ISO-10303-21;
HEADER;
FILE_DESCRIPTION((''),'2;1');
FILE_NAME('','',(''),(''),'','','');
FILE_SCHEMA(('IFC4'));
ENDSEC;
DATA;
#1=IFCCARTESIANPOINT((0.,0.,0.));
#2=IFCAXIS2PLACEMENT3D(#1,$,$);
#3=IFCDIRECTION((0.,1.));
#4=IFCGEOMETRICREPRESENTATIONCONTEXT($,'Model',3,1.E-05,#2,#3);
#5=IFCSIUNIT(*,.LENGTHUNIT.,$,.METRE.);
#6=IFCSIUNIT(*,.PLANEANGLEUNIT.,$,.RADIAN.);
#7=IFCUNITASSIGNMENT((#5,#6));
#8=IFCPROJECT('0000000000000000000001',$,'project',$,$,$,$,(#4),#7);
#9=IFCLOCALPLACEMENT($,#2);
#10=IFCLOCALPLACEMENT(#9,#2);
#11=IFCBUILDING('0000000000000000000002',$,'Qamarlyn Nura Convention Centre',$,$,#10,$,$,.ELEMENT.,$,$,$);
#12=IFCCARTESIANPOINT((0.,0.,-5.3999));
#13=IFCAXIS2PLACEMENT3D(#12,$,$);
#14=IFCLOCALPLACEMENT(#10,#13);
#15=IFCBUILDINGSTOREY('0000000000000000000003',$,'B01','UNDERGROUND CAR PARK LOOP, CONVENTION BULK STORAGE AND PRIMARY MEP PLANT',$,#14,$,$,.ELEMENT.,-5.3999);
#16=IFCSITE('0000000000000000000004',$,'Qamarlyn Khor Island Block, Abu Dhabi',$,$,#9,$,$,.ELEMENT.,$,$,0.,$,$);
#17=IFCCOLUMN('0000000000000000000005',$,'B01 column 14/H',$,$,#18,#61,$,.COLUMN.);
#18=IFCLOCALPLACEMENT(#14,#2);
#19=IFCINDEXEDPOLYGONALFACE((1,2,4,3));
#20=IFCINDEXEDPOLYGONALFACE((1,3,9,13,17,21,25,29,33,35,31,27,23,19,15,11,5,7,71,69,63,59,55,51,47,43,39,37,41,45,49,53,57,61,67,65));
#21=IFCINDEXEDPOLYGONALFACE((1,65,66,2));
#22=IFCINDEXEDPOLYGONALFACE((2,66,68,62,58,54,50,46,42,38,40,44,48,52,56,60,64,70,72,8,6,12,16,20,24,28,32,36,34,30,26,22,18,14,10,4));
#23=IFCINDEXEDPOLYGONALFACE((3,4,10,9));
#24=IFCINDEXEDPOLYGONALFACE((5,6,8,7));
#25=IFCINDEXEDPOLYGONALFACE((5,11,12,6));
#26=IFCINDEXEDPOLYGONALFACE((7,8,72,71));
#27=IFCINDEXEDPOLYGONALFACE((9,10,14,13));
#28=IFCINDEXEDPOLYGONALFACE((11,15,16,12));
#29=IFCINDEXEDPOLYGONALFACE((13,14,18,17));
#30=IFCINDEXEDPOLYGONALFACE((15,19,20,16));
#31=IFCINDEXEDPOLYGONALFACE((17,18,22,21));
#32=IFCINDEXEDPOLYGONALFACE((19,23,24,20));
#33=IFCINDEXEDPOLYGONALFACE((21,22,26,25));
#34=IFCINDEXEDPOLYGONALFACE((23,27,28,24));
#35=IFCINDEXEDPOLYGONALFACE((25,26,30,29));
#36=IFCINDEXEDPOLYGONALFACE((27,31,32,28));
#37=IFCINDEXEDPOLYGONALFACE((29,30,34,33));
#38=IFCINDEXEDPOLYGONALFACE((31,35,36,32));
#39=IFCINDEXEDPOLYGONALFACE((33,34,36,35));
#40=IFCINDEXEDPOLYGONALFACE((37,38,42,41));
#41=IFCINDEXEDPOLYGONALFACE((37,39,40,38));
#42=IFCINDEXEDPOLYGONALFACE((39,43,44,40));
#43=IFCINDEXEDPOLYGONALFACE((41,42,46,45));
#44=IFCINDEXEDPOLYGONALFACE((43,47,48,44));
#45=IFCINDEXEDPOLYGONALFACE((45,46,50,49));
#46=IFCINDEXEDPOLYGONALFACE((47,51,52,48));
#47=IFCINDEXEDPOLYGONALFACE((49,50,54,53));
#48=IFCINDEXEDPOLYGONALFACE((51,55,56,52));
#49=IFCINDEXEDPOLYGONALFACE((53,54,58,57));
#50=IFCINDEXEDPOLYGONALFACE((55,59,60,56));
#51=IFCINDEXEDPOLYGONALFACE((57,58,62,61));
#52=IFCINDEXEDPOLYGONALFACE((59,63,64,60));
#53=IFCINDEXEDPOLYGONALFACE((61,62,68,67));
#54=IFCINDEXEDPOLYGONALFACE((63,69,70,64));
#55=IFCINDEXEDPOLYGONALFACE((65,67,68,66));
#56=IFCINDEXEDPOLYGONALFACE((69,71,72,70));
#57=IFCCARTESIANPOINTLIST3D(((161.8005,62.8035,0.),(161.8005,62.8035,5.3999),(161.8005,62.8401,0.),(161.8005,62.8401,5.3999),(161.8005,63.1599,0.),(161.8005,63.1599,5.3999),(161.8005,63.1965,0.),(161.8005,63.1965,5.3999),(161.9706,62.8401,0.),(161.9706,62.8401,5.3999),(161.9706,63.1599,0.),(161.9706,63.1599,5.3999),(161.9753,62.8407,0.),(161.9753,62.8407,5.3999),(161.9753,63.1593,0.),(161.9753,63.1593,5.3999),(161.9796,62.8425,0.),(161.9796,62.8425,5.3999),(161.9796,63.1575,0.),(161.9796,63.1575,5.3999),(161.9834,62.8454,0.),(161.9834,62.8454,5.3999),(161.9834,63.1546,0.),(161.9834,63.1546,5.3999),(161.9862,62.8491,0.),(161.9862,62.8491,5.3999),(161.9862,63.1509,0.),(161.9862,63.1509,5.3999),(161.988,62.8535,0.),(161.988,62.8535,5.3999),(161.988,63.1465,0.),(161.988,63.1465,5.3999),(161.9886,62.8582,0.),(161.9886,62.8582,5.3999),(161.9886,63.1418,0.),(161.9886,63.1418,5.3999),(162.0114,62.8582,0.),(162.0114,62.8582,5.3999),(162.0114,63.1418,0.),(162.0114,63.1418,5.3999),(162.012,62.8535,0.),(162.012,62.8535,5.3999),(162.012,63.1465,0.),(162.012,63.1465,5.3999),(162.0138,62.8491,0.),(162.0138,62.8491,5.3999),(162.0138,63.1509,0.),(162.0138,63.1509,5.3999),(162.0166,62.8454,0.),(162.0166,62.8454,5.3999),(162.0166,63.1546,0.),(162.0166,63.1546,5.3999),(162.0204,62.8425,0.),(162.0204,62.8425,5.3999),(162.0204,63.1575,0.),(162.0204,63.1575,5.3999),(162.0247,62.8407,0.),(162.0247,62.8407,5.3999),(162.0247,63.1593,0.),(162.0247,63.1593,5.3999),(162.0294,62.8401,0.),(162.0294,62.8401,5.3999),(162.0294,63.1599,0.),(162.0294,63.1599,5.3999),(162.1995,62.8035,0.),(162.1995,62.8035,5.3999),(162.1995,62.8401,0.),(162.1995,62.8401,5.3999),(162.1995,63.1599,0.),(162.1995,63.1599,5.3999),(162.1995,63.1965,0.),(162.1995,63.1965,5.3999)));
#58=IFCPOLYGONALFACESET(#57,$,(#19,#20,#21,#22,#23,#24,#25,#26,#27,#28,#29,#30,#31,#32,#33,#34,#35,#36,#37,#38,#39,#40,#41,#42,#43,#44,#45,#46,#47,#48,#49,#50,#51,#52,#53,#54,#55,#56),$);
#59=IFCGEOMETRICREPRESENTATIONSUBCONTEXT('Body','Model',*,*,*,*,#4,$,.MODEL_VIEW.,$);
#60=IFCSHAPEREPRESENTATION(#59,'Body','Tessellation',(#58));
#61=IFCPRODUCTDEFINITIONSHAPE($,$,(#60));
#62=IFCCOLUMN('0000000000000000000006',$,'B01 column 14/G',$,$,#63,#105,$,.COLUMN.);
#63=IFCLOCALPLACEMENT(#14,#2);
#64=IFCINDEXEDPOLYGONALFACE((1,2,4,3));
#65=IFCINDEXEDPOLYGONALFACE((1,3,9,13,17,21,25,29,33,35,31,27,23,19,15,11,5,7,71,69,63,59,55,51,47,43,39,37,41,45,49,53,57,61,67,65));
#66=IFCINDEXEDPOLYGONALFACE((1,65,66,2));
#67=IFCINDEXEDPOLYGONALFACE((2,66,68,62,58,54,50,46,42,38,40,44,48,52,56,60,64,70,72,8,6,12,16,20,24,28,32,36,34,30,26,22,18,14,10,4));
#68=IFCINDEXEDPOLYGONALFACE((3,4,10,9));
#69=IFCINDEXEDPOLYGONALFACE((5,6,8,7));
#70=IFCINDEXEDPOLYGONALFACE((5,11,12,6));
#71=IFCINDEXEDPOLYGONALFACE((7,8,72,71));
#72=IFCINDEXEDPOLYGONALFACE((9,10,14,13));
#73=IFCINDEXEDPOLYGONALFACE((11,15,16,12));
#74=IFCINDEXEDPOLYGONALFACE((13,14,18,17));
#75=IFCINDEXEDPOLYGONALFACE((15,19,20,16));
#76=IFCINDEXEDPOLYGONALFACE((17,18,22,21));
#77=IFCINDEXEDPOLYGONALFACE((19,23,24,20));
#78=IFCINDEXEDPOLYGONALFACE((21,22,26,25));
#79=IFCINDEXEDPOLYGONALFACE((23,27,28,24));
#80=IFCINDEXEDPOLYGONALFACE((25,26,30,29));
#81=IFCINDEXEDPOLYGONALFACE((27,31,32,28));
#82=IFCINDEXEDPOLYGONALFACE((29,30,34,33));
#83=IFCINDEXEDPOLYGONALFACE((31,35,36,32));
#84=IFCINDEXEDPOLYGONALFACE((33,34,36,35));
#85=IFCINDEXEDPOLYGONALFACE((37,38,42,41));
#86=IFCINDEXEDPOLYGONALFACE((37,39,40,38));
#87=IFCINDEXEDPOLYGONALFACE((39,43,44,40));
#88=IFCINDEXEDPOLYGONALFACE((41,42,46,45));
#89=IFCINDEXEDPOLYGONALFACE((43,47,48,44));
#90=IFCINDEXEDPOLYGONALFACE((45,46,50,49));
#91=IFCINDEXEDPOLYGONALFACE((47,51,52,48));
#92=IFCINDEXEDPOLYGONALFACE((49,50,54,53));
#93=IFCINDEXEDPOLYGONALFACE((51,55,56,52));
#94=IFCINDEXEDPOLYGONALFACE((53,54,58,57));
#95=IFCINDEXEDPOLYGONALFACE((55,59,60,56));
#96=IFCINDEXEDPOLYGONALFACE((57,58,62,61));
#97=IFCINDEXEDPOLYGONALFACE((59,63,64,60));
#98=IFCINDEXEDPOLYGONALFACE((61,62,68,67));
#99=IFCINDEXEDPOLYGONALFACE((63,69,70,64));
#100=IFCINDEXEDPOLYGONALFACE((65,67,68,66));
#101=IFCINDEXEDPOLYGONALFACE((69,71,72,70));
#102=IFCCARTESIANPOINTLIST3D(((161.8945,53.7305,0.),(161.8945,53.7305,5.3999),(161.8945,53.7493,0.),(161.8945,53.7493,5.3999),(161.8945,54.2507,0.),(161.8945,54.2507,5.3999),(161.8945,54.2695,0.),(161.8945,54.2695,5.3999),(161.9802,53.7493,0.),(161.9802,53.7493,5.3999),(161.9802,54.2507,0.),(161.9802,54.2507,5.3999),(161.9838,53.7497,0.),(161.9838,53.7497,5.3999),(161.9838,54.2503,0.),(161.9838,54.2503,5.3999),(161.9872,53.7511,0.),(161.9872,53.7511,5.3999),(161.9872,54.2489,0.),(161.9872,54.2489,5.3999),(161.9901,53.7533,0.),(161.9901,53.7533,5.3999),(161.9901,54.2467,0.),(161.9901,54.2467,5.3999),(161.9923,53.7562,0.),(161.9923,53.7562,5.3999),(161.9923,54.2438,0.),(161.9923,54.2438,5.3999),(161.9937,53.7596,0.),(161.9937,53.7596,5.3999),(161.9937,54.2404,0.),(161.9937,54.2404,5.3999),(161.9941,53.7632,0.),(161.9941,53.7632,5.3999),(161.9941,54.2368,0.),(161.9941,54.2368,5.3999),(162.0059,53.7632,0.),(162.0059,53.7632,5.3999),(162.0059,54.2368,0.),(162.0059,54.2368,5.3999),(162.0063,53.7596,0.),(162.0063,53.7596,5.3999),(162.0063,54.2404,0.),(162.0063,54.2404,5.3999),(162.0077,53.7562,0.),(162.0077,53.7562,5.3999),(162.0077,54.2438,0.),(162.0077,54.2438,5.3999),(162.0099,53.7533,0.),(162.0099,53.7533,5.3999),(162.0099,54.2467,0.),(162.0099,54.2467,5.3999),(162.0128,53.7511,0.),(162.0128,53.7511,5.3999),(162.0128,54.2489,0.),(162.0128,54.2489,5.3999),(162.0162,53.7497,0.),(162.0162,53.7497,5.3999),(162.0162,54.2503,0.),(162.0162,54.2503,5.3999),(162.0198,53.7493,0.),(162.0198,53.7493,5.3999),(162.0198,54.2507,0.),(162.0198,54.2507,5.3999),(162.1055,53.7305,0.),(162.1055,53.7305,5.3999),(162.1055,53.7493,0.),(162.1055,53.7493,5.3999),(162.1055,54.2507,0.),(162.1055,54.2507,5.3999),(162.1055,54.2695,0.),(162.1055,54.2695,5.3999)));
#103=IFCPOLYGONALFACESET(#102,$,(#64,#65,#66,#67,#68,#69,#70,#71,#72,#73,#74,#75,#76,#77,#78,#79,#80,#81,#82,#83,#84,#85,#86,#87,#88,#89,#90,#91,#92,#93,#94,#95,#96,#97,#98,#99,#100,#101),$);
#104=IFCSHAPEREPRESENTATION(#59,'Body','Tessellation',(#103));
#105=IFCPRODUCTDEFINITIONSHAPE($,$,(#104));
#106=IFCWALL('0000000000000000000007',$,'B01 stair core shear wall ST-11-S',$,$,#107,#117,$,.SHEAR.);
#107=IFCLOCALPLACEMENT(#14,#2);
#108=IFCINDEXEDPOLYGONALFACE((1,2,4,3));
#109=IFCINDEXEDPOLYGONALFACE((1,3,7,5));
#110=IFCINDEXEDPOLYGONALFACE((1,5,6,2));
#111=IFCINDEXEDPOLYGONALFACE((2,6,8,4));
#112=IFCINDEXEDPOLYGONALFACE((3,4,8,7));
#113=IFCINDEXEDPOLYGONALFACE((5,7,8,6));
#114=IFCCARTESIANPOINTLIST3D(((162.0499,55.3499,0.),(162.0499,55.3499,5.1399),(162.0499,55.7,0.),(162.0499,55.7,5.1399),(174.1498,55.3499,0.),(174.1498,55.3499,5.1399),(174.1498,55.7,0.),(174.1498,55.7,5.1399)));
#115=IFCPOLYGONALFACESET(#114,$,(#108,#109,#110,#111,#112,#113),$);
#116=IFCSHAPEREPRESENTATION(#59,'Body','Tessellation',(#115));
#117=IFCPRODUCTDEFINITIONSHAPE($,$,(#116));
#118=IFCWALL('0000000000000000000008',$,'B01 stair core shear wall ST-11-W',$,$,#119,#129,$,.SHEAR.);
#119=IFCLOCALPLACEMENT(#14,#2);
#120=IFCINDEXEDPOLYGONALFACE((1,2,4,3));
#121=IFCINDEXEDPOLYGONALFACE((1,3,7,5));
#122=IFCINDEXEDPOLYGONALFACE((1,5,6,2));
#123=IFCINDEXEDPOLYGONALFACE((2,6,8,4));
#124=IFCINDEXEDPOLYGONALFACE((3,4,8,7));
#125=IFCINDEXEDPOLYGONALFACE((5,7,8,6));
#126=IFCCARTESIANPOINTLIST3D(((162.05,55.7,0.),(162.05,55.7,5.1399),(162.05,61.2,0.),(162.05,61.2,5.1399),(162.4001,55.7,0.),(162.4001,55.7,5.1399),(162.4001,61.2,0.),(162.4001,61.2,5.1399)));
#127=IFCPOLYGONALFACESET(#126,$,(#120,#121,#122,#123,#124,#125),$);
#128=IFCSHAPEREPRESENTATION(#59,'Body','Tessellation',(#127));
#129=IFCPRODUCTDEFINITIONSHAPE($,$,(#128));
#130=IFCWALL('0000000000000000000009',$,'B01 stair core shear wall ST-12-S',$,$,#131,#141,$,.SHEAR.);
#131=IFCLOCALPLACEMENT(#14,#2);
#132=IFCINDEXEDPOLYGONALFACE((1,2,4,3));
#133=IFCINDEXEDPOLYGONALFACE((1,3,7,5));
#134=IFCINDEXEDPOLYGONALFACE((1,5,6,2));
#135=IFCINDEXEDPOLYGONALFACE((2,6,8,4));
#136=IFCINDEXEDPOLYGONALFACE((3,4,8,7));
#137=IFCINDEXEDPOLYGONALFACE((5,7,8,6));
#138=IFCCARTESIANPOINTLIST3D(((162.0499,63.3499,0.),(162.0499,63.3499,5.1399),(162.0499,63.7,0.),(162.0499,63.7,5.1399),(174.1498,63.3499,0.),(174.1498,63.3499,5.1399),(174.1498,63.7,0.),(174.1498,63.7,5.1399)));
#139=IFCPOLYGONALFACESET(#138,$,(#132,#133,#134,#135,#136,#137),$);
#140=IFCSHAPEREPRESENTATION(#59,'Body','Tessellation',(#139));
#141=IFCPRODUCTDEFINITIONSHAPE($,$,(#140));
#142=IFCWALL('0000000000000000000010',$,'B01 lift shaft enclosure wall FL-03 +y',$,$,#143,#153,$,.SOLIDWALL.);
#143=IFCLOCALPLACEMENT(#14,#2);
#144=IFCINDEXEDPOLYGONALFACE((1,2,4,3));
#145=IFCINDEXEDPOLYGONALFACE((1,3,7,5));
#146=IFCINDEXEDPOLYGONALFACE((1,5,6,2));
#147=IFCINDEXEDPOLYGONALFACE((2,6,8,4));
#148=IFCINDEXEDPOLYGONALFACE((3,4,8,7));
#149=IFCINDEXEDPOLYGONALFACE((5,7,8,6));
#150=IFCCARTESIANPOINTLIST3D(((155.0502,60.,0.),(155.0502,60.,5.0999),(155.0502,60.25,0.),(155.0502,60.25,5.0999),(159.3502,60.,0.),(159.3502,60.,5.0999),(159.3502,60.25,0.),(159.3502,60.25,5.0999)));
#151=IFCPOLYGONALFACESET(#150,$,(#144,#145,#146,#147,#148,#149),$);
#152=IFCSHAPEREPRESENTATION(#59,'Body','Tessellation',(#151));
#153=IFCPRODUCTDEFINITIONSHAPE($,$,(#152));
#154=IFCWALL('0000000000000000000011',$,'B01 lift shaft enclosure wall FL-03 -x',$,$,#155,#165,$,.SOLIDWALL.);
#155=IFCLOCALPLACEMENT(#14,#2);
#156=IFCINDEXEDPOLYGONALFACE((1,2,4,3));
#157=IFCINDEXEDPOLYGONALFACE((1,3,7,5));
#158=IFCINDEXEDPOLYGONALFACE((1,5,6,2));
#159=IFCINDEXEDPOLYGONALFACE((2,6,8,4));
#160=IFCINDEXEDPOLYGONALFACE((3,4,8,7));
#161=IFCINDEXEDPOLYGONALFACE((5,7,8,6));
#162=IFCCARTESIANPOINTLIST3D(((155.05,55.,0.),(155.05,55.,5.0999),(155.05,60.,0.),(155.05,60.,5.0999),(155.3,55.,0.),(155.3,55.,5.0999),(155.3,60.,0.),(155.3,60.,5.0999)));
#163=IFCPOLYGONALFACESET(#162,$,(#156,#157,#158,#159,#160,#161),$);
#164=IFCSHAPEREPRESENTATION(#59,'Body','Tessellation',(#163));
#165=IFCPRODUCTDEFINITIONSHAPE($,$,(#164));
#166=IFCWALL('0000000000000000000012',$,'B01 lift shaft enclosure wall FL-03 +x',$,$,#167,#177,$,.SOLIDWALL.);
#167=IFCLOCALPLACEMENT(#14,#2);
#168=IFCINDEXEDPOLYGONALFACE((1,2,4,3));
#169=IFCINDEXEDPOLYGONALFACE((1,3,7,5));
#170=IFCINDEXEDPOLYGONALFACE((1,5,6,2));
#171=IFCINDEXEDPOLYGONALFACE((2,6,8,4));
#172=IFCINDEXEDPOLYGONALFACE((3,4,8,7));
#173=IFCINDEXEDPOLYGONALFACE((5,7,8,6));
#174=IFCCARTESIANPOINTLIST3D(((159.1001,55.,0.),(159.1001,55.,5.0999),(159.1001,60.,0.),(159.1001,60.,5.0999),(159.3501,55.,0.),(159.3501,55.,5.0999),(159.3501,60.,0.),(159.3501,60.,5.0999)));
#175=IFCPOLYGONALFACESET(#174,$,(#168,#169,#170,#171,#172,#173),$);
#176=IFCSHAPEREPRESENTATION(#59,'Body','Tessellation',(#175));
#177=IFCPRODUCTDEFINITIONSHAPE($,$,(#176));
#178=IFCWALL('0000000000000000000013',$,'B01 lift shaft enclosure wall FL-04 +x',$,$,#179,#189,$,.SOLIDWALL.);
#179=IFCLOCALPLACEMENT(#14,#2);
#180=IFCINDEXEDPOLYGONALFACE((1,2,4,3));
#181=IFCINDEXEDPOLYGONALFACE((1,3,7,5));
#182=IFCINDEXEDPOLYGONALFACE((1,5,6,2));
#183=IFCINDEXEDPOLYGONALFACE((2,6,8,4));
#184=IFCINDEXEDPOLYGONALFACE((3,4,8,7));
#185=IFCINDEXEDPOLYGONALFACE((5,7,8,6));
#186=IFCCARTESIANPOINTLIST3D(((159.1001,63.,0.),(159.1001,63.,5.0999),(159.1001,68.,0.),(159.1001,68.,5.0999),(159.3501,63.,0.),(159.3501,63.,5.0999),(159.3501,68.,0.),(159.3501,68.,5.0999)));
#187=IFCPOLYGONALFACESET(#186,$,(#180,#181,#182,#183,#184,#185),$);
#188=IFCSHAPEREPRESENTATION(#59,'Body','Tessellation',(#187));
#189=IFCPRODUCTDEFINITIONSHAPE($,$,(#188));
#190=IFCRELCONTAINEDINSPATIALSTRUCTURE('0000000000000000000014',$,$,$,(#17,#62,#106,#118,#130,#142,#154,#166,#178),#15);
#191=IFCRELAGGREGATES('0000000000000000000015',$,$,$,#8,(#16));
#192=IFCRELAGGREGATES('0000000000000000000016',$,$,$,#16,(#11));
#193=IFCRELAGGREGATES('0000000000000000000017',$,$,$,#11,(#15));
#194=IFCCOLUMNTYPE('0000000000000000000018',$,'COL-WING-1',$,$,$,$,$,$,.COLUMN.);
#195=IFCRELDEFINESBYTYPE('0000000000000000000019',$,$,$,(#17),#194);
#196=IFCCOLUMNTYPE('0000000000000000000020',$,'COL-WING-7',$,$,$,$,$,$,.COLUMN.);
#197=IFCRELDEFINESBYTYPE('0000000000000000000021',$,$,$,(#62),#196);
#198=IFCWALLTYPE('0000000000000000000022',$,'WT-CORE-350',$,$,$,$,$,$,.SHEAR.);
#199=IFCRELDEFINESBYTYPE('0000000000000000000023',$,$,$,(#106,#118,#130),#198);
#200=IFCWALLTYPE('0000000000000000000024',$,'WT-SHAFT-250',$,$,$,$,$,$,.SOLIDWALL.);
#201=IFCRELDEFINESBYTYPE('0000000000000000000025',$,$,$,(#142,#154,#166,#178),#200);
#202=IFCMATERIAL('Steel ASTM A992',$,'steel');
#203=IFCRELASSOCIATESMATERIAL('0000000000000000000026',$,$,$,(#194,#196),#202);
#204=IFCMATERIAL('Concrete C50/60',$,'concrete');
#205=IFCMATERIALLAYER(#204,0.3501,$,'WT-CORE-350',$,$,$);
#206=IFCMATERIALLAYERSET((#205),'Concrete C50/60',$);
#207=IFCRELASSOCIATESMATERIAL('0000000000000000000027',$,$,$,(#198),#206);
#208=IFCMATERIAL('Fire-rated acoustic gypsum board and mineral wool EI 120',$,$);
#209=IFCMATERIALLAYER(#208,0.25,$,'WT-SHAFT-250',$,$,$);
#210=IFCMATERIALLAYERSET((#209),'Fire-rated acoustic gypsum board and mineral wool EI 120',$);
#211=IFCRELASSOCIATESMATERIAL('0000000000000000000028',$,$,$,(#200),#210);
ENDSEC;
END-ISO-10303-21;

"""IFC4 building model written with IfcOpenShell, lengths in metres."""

from ifc_helpers import new_model, si_unit, direction, frame, frame_2d, origin, origin_2d, place, context, subcontext, project, spatial, rectangle, i_section, extrude, material, layer, layer_set, material_profile, profile_set, type_object, element, save


model = new_model("IFC4")

# Units and contexts
model_context = context("Model", 3, precision=1e-05, world=origin(), true_north=direction((0.0, 1.0)))
body_context = subcontext(model_context, "Body", "Model", "MODEL_VIEW")
ifc_project = project(units=[si_unit("LENGTHUNIT", "METRE"), si_unit("PLANEANGLEUNIT", "RADIAN")], contexts=[model_context])

# Site, building, storey
site_placement = place(None, origin())
site = spatial("IfcSite", under=ifc_project, at=site_placement, Name="Qamarlyn Khor Island Block, Abu Dhabi", CompositionType="ELEMENT", RefElevation=0.0)
building_placement = place(site_placement, origin())
building = spatial("IfcBuilding", under=site, at=building_placement, Name="Qamarlyn Nura Convention Centre", CompositionType="ELEMENT")
storey_placement = place(building_placement, frame((0.0, 0.0, -5.3999)))
storey = spatial("IfcBuildingStorey", under=building, at=storey_placement, Name="B01", Description="UNDERGROUND CAR PARK LOOP, CONVENTION BULK STORAGE AND PRIMARY MEP PLANT", CompositionType="ELEMENT", Elevation=-5.3999)

# Columns
ifc_material_1 = material(Name="Steel ASTM A992", Category="steel")
ifc_material_profile_1 = material_profile(ifc_material_1, i_section(OverallWidth=0.3989, OverallDepth=0.3931, WebThickness=0.0227, FlangeThickness=0.0366, FilletRadius=0.0181, at=origin_2d()), Name="W360X287")
ifc_profile_set_1 = profile_set([ifc_material_profile_1], Name="Steel ASTM A992")
column_type_1 = type_object("IfcColumnType", Name="COL-WING-1", PredefinedType="COLUMN", material=ifc_profile_set_1)
column_1_placement = place(storey_placement, frame((162.0, 63.0, 0.0), z_axis=(0.0, 0.0, 1.0), x_axis=(1.0, 0.0, 0.0)))
element("IfcColumn", 1, at=column_1_placement, inside=storey, type_object=column_type_1, Name="B01 column 14/H", PredefinedType="COLUMN", context=body_context, shape_type="SweptSolid", body=[
    extrude(i_section(OverallWidth=0.3989, OverallDepth=0.3931, WebThickness=0.0227, FlangeThickness=0.0366, FilletRadius=0.0181, at=origin_2d()), origin(), (0.0, 0.0, 1.0), 5.3999),
])
ifc_material_profile_2 = material_profile(ifc_material_1, i_section(OverallWidth=0.2109, OverallDepth=0.5391, WebThickness=0.0117, FlangeThickness=0.0188, FilletRadius=0.0139, at=origin_2d()), Name="W530X109")
ifc_profile_set_2 = profile_set([ifc_material_profile_2], Name="Steel ASTM A992")
column_type_2 = type_object("IfcColumnType", Name="COL-WING-7", PredefinedType="COLUMN", material=ifc_profile_set_2)
column_2_placement = place(storey_placement, frame((162.0, 54.0, 0.0), z_axis=(0.0, 0.0, 1.0), x_axis=(1.0, 0.0, 0.0)))
element("IfcColumn", 2, at=column_2_placement, inside=storey, type_object=column_type_2, Name="B01 column 14/G", PredefinedType="COLUMN", context=body_context, shape_type="SweptSolid", body=[
    extrude(i_section(OverallWidth=0.2109, OverallDepth=0.5391, WebThickness=0.0117, FlangeThickness=0.0188, FilletRadius=0.0139, at=origin_2d()), origin(), (0.0, 0.0, 1.0), 5.3999),
])

# Walls
ifc_material_2 = material(Name="Concrete C50/60", Category="concrete")
ifc_layer_1 = layer(ifc_material_2, 0.3501, Name="WT-CORE-350")
ifc_layer_set_1 = layer_set([ifc_layer_1], Name="Concrete C50/60")
wall_type_1 = type_object("IfcWallType", Name="WT-CORE-350", PredefinedType="SHEAR", material=ifc_layer_set_1)
wall_1_placement = place(storey_placement, frame((162.05, 55.5249, 0.0), z_axis=(0.0, 0.0, 1.0), x_axis=(1.0, 0.0, 0.0)))
element("IfcWall", 3, at=wall_1_placement, inside=storey, type_object=wall_type_1, Name="B01 stair core shear wall ST-11-S", PredefinedType="SHEAR", context=body_context, shape_type="SweptSolid", body=[
    extrude(rectangle(XDim=12.0999, YDim=0.3501, at=frame_2d((6.0498, 0.0))), origin(), (0.0, 0.0, 1.0), 5.1399),
])
wall_2_placement = place(storey_placement, frame((162.2251, 61.2, 0.0), z_axis=(0.0, 0.0, 1.0), x_axis=(0.0, -1.0, 0.0)))
element("IfcWall", 4, at=wall_2_placement, inside=storey, type_object=wall_type_1, Name="B01 stair core shear wall ST-11-W", PredefinedType="SHEAR", context=body_context, shape_type="SweptSolid", body=[
    extrude(rectangle(XDim=5.5, YDim=0.3501, at=frame_2d((2.75, 0.0))), origin(), (0.0, 0.0, 1.0), 5.1399),
])
wall_3_placement = place(storey_placement, frame((162.05, 63.5249, 0.0), z_axis=(0.0, 0.0, 1.0), x_axis=(1.0, 0.0, 0.0)))
element("IfcWall", 5, at=wall_3_placement, inside=storey, type_object=wall_type_1, Name="B01 stair core shear wall ST-12-S", PredefinedType="SHEAR", context=body_context, shape_type="SweptSolid", body=[
    extrude(rectangle(XDim=12.0999, YDim=0.3501, at=frame_2d((6.0498, 0.0))), origin(), (0.0, 0.0, 1.0), 5.1399),
])
ifc_material_3 = material(Name="Fire-rated acoustic gypsum board and mineral wool EI 120")
ifc_layer_2 = layer(ifc_material_3, 0.25, Name="WT-SHAFT-250")
ifc_layer_set_2 = layer_set([ifc_layer_2], Name="Fire-rated acoustic gypsum board and mineral wool EI 120")
wall_type_2 = type_object("IfcWallType", Name="WT-SHAFT-250", PredefinedType="SOLIDWALL", material=ifc_layer_set_2)
wall_4_placement = place(storey_placement, frame((159.3501, 60.125, 0.0), z_axis=(0.0, 0.0, 1.0), x_axis=(-1.0, 0.0, 0.0)))
element("IfcWall", 6, at=wall_4_placement, inside=storey, type_object=wall_type_2, Name="B01 lift shaft enclosure wall FL-03 +y", PredefinedType="SOLIDWALL", context=body_context, shape_type="SweptSolid", body=[
    extrude(rectangle(XDim=4.3, YDim=0.25, at=frame_2d((2.1499, 0.0))), origin(), (0.0, 0.0, 1.0), 5.0999),
])
for number, where, z_axis, x_axis, name in (
    (7, (155.175, 60.0, 0.0), (0.0, 0.0, 1.0), (0.0, -1.0, 0.0), "B01 lift shaft enclosure wall FL-03 -x"),
    (8, (159.2251, 55.0, 0.0), (0.0, 0.0, 1.0), (0.0, 1.0, 0.0), "B01 lift shaft enclosure wall FL-03 +x"),
    (9, (159.2251, 63.0, 0.0), (0.0, 0.0, 1.0), (0.0, 1.0, 0.0), "B01 lift shaft enclosure wall FL-04 +x"),
):
    element("IfcWall", number, at=place(storey_placement, frame(where, z_axis=z_axis, x_axis=x_axis)), inside=storey, type_object=wall_type_2, Name=name, PredefinedType="SOLIDWALL", context=body_context, shape_type="SweptSolid", body=[
        extrude(rectangle(XDim=5.0, YDim=0.25, at=frame_2d((2.5, 0.0))), origin(), (0.0, 0.0, 1.0), 5.0999),
    ])

save(model, "model.ifc")
